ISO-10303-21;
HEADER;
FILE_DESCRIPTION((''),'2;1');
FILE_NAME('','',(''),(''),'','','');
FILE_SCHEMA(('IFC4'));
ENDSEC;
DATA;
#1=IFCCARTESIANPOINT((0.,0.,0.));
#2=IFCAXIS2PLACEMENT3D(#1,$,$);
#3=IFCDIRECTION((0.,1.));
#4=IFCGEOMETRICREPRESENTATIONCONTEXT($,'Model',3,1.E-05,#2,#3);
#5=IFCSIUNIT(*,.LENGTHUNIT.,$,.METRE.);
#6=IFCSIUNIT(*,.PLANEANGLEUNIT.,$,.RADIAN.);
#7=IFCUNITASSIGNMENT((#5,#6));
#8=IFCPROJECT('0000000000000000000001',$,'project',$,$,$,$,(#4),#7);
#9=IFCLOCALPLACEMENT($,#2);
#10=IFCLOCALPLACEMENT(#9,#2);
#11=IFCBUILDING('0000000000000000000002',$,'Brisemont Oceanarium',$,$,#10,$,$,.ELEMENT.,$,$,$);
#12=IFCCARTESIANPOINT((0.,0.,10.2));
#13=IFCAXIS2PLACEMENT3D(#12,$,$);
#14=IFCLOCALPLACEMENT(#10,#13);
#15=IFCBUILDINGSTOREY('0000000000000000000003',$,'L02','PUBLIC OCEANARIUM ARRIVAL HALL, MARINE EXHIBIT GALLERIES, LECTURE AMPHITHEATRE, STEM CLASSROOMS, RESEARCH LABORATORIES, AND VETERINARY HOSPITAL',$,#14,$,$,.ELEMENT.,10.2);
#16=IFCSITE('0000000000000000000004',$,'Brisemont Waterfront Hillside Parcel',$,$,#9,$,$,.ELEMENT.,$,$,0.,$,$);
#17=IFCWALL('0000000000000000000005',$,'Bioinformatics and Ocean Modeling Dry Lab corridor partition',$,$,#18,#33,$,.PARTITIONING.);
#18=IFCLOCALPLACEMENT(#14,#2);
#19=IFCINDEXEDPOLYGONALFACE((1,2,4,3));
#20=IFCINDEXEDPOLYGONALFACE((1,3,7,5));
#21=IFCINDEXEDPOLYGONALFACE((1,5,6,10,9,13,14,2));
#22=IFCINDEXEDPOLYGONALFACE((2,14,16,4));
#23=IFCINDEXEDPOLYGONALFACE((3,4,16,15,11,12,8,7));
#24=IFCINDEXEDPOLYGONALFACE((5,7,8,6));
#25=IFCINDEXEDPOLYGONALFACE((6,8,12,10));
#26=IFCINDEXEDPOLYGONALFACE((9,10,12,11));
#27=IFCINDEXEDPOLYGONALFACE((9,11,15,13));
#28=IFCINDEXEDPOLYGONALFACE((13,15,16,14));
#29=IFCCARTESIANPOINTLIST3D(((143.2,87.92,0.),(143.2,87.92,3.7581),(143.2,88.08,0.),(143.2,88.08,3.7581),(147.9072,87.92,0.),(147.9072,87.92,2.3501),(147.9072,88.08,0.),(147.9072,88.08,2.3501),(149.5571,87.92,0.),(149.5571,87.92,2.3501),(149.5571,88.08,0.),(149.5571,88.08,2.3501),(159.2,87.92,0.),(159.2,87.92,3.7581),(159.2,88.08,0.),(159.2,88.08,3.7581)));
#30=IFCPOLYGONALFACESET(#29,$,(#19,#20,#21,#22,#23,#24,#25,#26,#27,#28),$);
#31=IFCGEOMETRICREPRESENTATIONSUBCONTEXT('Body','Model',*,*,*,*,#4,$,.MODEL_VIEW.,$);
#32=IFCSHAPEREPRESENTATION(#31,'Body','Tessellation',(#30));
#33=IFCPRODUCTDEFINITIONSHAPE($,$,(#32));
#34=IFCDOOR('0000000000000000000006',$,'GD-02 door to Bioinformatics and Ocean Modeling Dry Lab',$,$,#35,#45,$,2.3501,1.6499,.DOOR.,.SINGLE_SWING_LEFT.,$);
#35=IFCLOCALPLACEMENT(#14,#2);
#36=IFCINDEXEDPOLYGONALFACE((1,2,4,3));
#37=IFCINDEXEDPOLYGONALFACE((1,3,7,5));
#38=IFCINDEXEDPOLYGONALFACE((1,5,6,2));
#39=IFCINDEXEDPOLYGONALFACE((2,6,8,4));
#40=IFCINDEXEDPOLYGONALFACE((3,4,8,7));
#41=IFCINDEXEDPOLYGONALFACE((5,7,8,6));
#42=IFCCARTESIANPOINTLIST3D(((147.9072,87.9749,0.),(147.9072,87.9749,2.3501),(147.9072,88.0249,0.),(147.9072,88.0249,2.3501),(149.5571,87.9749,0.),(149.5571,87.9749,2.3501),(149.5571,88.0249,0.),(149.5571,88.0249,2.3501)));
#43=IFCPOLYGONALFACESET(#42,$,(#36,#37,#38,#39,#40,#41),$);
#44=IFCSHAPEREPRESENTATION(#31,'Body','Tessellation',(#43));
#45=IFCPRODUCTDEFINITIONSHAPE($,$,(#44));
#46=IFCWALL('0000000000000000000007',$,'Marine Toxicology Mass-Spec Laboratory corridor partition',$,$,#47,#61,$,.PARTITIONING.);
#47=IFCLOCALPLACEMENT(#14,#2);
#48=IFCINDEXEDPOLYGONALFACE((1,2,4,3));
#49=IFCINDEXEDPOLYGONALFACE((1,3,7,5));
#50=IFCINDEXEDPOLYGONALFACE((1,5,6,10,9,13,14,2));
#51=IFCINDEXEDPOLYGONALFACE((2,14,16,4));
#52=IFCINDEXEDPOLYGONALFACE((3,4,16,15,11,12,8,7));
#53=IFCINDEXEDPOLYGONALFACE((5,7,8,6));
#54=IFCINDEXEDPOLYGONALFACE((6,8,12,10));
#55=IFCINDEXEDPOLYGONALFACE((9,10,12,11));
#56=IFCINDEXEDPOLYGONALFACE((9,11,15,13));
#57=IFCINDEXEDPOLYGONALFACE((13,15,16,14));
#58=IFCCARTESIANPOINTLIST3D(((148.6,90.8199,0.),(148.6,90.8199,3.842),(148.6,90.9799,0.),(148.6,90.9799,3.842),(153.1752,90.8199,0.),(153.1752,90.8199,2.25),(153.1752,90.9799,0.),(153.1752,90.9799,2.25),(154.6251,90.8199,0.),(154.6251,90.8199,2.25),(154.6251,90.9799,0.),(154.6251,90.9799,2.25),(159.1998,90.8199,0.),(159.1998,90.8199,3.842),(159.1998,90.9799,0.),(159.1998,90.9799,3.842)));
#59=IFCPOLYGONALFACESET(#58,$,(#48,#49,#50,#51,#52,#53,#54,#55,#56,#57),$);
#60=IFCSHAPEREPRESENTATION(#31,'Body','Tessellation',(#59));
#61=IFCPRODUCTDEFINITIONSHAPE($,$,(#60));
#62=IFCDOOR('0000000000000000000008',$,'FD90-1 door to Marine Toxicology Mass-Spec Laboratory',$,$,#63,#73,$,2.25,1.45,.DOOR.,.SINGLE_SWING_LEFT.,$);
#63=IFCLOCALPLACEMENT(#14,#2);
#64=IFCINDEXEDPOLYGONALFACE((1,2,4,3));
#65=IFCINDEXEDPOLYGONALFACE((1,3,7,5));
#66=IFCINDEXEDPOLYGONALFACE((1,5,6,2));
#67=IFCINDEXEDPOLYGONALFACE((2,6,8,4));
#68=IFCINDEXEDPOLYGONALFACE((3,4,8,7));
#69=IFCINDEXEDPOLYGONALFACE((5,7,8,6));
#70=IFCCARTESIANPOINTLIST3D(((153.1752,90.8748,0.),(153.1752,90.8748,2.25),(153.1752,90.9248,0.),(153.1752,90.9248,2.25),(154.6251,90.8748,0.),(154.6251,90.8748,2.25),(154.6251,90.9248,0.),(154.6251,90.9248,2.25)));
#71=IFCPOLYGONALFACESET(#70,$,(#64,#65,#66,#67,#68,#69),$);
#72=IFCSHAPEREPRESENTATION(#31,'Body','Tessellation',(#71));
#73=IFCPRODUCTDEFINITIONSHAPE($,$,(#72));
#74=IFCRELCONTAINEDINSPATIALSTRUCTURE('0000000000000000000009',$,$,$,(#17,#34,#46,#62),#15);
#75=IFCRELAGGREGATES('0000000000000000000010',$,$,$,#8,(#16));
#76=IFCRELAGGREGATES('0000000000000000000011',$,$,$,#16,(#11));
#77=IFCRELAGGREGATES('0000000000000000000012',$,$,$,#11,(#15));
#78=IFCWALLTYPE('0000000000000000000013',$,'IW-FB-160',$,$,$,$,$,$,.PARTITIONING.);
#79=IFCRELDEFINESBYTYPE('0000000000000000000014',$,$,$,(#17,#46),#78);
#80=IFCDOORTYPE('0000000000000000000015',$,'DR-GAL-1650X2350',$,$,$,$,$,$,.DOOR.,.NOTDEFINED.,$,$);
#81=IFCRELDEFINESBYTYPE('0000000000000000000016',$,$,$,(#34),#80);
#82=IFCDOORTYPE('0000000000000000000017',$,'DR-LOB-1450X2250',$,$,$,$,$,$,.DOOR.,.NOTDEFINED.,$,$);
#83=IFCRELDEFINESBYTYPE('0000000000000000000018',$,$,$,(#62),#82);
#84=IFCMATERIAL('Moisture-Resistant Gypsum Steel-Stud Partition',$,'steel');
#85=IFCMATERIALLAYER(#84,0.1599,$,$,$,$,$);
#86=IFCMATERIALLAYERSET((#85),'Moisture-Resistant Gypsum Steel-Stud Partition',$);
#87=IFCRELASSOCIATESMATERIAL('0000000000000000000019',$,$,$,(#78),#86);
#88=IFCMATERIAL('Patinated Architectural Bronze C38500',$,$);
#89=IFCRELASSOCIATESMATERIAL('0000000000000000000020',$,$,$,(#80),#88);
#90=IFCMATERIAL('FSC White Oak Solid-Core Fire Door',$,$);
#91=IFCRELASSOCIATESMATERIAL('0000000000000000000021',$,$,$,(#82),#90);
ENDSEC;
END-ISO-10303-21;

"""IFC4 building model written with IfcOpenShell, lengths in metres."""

from ifc_helpers import new_model, si_unit, direction, frame, frame_2d, origin, place, context, subcontext, project, spatial, rectangle, extrude, material, layer, layer_set, type_object, element, fill, save


model = new_model("IFC4")

# Units and contexts
model_context = context("Model", 3, precision=1e-05, world=origin(), true_north=direction((0.0, 1.0)))
body_context = subcontext(model_context, "Body", "Model", "MODEL_VIEW")
ifc_project = project(units=[si_unit("LENGTHUNIT", "METRE"), si_unit("PLANEANGLEUNIT", "RADIAN")], contexts=[model_context])

# Site, building, storey
site_placement = place(None, origin())
site = spatial("IfcSite", under=ifc_project, at=site_placement, Name="Brisemont Waterfront Hillside Parcel", CompositionType="ELEMENT", RefElevation=0.0)
building_placement = place(site_placement, origin())
building = spatial("IfcBuilding", under=site, at=building_placement, Name="Brisemont Oceanarium", CompositionType="ELEMENT")
storey_placement = place(building_placement, frame((0.0, 0.0, 10.2)))
storey = spatial("IfcBuildingStorey", under=building, at=storey_placement, Name="L02", Description="PUBLIC OCEANARIUM ARRIVAL HALL, MARINE EXHIBIT GALLERIES, LECTURE AMPHITHEATRE, STEM CLASSROOMS, RESEARCH LABORATORIES, AND VETERINARY HOSPITAL", CompositionType="ELEMENT", Elevation=10.2)

# Walls, openings, doors
ifc_material_1 = material(Name="Moisture-Resistant Gypsum Steel-Stud Partition", Category="steel")
ifc_layer_1 = layer(ifc_material_1, 0.1599)
ifc_layer_set_1 = layer_set([ifc_layer_1], Name="Moisture-Resistant Gypsum Steel-Stud Partition")
wall_type = type_object("IfcWallType", Name="IW-FB-160", PredefinedType="PARTITIONING", material=ifc_layer_set_1)
wall_1_placement = place(storey_placement, frame((143.2, 88.0, 0.0), z_axis=(0.0, 0.0, 1.0), x_axis=(1.0, 0.0, 0.0)))
wall_1 = element("IfcWall", 1, at=wall_1_placement, inside=storey, type_object=wall_type, Name="Bioinformatics and Ocean Modeling Dry Lab corridor partition", PredefinedType="PARTITIONING", context=body_context, shape_type="SweptSolid", body=[
    extrude(rectangle(XDim=16.0, YDim=0.1599, at=frame_2d((8.0, 0.0))), origin(), (0.0, 0.0, 1.0), 3.7581),
])
opening_1_placement = place(wall_1_placement, frame((4.7073, 0.0, 0.0)))
opening_1 = element("IfcOpeningElement", 2, at=opening_1_placement, cuts=wall_1, PredefinedType="OPENING", context=body_context, shape_type="SweptSolid", body=[
    extrude(rectangle(XDim=1.6499, YDim=2.3501, at=frame_2d((0.825, 1.175))), frame((0.0, 0.0898, 0.0), z_axis=(0.0, -1.0, 0.0), x_axis=(1.0, 0.0, 0.0)), (0.0, 0.0, 1.0), 0.1799),
])
ifc_material_2 = material(Name="Patinated Architectural Bronze C38500")
door_type_1 = type_object("IfcDoorType", Name="DR-GAL-1650X2350", OperationType="NOTDEFINED", PredefinedType="DOOR", material=ifc_material_2)
door_1_placement = place(opening_1_placement, origin())
door_1 = element("IfcDoor", 3, at=door_1_placement, inside=storey, type_object=door_type_1, Name="GD-02 door to Bioinformatics and Ocean Modeling Dry Lab", OperationType="SINGLE_SWING_LEFT", OverallHeight=2.3501, OverallWidth=1.6499, PredefinedType="DOOR", context=body_context, shape_type="SweptSolid", body=[
    extrude(rectangle(XDim=1.6499, YDim=2.3501, at=frame_2d((0.825, 1.175))), frame((0.0, 0.0249, 0.0), z_axis=(0.0, -1.0, 0.0), x_axis=(1.0, 0.0, 0.0)), (0.0, 0.0, 1.0), 0.05),
])
fill(opening_1, door_1)
wall_2_placement = place(storey_placement, frame((148.6001, 90.8999, 0.0), z_axis=(0.0, 0.0, 1.0), x_axis=(1.0, 0.0, 0.0)))
wall_2 = element("IfcWall", 4, at=wall_2_placement, inside=storey, type_object=wall_type, Name="Marine Toxicology Mass-Spec Laboratory corridor partition", PredefinedType="PARTITIONING", context=body_context, shape_type="SweptSolid", body=[
    extrude(rectangle(XDim=10.5999, YDim=0.1599, at=frame_2d((5.2998, 0.0))), origin(), (0.0, 0.0, 1.0), 3.842),
])
opening_2_placement = place(wall_2_placement, frame((4.575, 0.0, 0.0)))
opening_2 = element("IfcOpeningElement", 5, at=opening_2_placement, cuts=wall_2, PredefinedType="OPENING", context=body_context, shape_type="SweptSolid", body=[
    extrude(rectangle(XDim=1.45, YDim=2.25, at=frame_2d((0.7251, 1.125))), frame((0.0, 0.0898, 0.0), z_axis=(0.0, -1.0, 0.0), x_axis=(1.0, 0.0, 0.0)), (0.0, 0.0, 1.0), 0.1799),
])
ifc_material_3 = material(Name="FSC White Oak Solid-Core Fire Door")
door_type_2 = type_object("IfcDoorType", Name="DR-LOB-1450X2250", OperationType="NOTDEFINED", PredefinedType="DOOR", material=ifc_material_3)
door_2_placement = place(opening_2_placement, origin())
door_2 = element("IfcDoor", 6, at=door_2_placement, inside=storey, type_object=door_type_2, Name="FD90-1 door to Marine Toxicology Mass-Spec Laboratory", OperationType="SINGLE_SWING_LEFT", OverallHeight=2.25, OverallWidth=1.45, PredefinedType="DOOR", context=body_context, shape_type="SweptSolid", body=[
    extrude(rectangle(XDim=1.45, YDim=2.25, at=frame_2d((0.7251, 1.125))), frame((0.0, 0.0249, 0.0), z_axis=(0.0, -1.0, 0.0), x_axis=(1.0, 0.0, 0.0)), (0.0, 0.0, 1.0), 0.05),
])
fill(opening_2, door_2)

save(model, "model.ifc")
